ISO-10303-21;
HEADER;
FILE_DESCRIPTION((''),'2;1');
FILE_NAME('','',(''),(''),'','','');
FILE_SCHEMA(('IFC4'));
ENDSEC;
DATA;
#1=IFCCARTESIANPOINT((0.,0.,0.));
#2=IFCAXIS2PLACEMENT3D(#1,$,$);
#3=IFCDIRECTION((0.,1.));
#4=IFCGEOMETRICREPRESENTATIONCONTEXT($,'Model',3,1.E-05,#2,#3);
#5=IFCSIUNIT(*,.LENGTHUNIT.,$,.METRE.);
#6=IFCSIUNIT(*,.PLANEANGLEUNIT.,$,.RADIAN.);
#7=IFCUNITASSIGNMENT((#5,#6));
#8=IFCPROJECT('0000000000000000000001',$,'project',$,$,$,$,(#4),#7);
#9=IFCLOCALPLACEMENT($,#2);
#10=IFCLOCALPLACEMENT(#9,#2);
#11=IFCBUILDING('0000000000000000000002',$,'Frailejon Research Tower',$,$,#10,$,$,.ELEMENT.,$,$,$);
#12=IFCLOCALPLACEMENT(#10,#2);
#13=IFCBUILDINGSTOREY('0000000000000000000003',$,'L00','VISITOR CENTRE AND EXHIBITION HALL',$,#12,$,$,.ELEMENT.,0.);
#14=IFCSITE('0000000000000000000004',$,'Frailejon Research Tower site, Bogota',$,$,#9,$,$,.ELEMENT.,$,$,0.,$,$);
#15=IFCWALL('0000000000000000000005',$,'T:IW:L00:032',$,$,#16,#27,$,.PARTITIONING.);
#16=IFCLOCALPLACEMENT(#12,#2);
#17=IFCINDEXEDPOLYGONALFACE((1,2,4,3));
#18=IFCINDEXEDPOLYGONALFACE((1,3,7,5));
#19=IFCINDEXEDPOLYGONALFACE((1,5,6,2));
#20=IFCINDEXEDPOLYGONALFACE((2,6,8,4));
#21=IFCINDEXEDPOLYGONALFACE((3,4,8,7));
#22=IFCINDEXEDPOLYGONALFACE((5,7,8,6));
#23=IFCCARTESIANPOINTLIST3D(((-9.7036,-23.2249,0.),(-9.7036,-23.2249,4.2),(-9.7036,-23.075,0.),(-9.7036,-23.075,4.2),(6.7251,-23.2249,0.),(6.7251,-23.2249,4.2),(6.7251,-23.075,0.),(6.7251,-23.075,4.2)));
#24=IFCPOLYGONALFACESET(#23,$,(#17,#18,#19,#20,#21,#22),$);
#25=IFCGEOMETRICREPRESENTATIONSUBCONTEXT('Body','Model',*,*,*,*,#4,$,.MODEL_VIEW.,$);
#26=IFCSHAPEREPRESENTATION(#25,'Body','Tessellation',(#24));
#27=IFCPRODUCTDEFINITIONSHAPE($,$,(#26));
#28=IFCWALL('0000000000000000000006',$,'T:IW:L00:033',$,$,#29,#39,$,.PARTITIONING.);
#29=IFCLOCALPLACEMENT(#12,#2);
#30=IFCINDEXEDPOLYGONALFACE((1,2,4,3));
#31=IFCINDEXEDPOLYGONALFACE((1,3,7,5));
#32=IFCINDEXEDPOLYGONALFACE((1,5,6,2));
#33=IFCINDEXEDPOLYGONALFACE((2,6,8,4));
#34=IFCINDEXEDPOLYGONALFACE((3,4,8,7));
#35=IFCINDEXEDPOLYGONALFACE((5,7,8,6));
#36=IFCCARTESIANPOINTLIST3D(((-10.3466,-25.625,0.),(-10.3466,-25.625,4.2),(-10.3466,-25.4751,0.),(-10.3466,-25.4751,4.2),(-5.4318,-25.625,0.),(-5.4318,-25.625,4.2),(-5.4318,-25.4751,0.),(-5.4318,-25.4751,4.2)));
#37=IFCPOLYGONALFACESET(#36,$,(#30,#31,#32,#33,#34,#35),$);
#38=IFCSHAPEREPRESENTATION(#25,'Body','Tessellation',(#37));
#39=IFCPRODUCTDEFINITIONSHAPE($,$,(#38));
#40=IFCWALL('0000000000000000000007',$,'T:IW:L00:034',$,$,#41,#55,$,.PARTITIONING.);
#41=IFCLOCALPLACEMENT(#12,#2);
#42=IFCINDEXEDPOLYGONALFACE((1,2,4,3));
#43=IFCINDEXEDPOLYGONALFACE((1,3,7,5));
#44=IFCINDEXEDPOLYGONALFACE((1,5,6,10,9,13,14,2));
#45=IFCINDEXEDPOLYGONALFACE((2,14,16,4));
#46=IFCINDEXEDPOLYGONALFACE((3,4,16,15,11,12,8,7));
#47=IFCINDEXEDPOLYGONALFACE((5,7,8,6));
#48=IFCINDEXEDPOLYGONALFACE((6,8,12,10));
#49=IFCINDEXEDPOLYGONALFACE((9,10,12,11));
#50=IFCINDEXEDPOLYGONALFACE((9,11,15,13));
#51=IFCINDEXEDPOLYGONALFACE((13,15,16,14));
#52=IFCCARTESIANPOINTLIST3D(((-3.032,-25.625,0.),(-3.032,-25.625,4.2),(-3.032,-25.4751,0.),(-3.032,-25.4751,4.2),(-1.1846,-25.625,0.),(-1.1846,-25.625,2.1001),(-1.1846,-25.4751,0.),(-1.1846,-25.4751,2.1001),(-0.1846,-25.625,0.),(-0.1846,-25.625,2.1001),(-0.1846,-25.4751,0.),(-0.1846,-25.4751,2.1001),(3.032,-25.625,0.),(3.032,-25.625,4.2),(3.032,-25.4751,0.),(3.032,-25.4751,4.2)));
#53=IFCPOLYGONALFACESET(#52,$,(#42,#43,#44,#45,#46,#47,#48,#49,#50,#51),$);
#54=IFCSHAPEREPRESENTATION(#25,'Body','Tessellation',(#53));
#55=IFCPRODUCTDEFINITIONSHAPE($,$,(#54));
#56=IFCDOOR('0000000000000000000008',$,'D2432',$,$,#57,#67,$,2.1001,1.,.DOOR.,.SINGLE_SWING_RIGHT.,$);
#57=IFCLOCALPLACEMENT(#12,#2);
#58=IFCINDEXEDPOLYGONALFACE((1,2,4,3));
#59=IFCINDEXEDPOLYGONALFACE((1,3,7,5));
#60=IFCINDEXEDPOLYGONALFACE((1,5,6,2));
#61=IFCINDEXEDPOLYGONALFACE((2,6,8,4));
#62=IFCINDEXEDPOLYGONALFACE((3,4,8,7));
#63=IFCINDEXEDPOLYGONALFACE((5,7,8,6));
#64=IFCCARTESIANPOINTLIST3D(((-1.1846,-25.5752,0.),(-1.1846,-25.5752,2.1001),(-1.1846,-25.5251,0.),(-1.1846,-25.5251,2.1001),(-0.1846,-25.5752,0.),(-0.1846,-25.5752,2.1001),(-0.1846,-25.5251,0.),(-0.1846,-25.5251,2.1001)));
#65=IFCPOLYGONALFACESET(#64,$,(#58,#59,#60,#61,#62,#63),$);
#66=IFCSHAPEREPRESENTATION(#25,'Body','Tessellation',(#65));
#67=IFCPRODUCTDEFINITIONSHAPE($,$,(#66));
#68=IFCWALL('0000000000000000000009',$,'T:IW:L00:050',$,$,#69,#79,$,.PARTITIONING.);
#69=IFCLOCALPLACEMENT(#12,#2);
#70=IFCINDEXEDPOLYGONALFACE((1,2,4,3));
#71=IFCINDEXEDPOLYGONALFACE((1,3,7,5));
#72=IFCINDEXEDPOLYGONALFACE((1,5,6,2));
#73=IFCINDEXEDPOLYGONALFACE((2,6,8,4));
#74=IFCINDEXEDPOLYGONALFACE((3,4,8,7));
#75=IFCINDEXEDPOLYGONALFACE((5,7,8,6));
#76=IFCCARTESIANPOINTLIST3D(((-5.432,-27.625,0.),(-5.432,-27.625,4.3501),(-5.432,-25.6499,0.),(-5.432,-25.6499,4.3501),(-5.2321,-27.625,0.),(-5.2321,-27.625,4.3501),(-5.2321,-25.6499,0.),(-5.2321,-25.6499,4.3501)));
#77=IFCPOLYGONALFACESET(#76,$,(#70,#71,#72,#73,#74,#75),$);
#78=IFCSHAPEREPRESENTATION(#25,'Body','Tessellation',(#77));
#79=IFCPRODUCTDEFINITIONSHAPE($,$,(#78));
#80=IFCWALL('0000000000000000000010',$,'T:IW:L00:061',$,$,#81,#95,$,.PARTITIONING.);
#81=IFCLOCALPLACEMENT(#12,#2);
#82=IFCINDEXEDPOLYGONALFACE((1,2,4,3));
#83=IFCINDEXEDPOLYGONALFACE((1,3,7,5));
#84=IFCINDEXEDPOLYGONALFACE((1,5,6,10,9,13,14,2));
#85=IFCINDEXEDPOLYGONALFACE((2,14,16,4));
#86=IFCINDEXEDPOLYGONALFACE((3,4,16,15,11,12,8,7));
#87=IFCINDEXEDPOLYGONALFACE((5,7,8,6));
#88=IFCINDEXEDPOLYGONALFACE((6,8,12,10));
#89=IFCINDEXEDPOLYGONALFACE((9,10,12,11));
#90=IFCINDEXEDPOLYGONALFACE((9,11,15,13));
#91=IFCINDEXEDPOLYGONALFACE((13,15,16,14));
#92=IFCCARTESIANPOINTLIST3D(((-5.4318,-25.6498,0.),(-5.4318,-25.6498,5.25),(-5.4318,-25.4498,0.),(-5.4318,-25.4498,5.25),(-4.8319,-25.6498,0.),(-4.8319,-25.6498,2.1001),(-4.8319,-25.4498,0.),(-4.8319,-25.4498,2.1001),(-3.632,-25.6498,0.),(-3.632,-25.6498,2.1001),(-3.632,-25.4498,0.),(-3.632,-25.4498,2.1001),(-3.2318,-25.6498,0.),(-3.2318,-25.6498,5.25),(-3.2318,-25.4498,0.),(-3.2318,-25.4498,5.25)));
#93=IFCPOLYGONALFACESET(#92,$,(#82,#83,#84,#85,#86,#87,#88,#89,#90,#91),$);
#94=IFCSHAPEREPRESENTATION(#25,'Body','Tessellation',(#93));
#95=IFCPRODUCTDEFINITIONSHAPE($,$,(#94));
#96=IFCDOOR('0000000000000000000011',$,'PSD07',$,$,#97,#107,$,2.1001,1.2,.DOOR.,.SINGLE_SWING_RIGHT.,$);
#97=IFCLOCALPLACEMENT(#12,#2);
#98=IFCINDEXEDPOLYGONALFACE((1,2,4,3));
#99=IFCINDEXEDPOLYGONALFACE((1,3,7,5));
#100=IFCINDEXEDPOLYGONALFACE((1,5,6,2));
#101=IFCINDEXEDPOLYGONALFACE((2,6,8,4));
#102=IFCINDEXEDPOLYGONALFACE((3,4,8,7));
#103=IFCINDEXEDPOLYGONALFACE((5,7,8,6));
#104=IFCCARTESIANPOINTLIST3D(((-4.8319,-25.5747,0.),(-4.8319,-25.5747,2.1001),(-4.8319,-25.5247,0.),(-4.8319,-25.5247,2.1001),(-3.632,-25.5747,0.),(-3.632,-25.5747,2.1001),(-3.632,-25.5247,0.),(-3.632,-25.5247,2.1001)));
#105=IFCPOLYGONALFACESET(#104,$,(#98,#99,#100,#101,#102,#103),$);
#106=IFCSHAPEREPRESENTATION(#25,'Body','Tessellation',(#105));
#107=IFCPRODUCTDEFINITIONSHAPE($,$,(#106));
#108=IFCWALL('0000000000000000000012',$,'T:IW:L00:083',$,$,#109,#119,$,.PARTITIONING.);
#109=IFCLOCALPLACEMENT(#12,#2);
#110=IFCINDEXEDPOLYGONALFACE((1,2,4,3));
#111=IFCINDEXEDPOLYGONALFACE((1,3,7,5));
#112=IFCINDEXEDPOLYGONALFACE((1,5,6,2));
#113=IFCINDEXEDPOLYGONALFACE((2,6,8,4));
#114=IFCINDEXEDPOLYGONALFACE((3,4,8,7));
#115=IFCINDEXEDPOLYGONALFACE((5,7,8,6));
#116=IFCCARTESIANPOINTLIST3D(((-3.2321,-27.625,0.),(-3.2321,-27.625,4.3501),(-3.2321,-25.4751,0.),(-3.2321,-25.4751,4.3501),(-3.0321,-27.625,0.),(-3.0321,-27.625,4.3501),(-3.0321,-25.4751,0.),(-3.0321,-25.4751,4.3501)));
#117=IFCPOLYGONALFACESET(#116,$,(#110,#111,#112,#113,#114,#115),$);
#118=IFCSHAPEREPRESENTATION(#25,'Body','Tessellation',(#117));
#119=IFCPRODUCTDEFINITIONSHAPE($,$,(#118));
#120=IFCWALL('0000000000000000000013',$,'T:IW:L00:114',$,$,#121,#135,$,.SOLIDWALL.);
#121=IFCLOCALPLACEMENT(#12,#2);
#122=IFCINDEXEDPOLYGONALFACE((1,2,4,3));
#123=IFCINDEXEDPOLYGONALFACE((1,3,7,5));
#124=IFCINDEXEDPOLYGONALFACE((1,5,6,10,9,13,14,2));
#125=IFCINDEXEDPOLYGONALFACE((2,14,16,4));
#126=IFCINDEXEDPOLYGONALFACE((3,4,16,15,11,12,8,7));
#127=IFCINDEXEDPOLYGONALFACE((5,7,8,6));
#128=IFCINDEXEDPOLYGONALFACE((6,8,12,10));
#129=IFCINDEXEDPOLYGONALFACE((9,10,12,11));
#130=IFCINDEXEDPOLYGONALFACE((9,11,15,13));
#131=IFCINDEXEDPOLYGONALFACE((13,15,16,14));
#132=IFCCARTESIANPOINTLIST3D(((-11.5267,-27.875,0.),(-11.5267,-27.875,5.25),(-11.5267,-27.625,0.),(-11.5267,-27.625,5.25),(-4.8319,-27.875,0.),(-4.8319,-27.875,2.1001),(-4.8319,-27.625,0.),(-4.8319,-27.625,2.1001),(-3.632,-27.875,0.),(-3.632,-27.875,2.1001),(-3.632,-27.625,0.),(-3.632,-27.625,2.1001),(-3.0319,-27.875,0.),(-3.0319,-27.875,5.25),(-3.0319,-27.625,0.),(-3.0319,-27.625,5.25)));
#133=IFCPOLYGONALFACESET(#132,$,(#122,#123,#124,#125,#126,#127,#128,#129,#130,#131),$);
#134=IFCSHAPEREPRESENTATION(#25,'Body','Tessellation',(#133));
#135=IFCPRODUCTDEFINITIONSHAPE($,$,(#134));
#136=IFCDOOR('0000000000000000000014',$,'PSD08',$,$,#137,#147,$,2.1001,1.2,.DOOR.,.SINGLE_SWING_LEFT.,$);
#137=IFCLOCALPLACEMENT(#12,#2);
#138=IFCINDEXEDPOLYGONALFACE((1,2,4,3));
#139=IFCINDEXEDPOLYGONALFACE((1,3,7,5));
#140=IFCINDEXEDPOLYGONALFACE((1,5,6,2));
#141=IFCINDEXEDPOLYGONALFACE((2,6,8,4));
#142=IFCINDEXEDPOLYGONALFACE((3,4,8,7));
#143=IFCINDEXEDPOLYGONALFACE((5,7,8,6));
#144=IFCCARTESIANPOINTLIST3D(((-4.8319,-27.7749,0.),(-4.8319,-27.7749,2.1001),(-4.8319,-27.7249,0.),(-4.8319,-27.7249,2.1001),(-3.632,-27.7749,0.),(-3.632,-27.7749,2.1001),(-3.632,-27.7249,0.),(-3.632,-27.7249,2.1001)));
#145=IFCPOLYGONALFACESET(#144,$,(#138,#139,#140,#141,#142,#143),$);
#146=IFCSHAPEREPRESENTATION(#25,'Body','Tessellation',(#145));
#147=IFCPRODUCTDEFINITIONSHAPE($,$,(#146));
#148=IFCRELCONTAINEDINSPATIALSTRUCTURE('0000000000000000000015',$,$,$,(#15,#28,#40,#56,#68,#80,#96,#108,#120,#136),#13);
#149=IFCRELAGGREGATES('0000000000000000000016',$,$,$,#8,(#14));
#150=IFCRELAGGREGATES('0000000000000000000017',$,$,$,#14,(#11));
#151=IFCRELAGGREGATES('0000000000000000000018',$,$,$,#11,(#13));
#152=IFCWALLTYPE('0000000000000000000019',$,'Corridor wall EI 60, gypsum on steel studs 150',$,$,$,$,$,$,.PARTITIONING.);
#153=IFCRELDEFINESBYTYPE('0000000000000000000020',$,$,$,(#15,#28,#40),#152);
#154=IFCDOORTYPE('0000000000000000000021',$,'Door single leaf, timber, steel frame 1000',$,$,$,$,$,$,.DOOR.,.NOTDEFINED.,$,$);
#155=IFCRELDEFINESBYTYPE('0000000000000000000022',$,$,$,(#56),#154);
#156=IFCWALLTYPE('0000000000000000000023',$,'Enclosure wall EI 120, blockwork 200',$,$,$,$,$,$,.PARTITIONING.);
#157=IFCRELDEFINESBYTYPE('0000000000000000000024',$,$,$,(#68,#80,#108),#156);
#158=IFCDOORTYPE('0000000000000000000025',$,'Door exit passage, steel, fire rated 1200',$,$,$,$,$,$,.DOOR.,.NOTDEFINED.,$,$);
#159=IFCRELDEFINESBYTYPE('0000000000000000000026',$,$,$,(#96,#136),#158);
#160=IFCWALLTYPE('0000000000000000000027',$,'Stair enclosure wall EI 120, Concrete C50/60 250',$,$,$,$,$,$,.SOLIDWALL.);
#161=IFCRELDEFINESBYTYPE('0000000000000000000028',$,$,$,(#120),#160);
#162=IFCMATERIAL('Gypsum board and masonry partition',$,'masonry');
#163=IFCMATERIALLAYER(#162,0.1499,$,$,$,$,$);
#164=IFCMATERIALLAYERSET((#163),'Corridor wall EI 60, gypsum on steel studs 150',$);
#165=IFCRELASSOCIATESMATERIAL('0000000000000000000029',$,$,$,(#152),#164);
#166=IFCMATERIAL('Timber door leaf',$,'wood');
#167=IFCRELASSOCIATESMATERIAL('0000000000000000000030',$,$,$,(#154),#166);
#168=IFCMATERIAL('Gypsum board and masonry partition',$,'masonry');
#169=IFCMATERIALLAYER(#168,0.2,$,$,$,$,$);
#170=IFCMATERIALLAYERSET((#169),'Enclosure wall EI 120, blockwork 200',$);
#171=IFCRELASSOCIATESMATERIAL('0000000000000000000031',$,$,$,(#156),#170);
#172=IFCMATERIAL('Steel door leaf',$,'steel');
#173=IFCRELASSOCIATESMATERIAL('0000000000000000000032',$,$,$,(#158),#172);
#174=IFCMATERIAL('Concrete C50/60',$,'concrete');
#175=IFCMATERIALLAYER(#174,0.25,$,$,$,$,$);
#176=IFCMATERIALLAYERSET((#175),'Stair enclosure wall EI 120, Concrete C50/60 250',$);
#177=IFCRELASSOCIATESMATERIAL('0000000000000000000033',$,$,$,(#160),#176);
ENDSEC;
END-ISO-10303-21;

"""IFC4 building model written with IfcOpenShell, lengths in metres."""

from ifc_helpers import new_model, si_unit, direction, frame, frame_2d, origin, place, context, subcontext, project, spatial, rectangle, extrude, material, layer, layer_set, type_object, element, fill, save


model = new_model("IFC4")

# Units and contexts
model_context = context("Model", 3, precision=1e-05, world=origin(), true_north=direction((0.0, 1.0)))
body_context = subcontext(model_context, "Body", "Model", "MODEL_VIEW")
ifc_project = project(units=[si_unit("LENGTHUNIT", "METRE"), si_unit("PLANEANGLEUNIT", "RADIAN")], contexts=[model_context])

# Site, building, storey
site_placement = place(None, origin())
site = spatial("IfcSite", under=ifc_project, at=site_placement, Name="Frailejon Research Tower site, Bogota", CompositionType="ELEMENT", RefElevation=0.0)
building_placement = place(site_placement, origin())
building = spatial("IfcBuilding", under=site, at=building_placement, Name="Frailejon Research Tower", CompositionType="ELEMENT")
storey_placement = place(building_placement, origin())
storey = spatial("IfcBuildingStorey", under=building, at=storey_placement, Name="L00", Description="VISITOR CENTRE AND EXHIBITION HALL", CompositionType="ELEMENT", Elevation=0.0)

# Walls
ifc_material_1 = material(Name="Gypsum board and masonry partition", Category="masonry")
ifc_layer_1 = layer(ifc_material_1, 0.1499)
ifc_layer_set_1 = layer_set([ifc_layer_1], Name="Corridor wall EI 60, gypsum on steel studs 150")
wall_type_1 = type_object("IfcWallType", Name="Corridor wall EI 60, gypsum on steel studs 150", PredefinedType="PARTITIONING", material=ifc_layer_set_1)
wall_1_placement = place(storey_placement, frame((-9.7036, -23.1499, 0.0), z_axis=(0.0, 0.0, 1.0), x_axis=(1.0, 0.0, 0.0)))
element("IfcWall", 1, at=wall_1_placement, inside=storey, type_object=wall_type_1, Name="T:IW:L00:032", PredefinedType="PARTITIONING", context=body_context, shape_type="SweptSolid", body=[
    extrude(rectangle(XDim=16.4287, YDim=0.1499, at=frame_2d((8.2144, 0.0))), origin(), (0.0, 0.0, 1.0), 4.2),
])
wall_2_placement = place(storey_placement, frame((-10.3467, -25.55, 0.0), z_axis=(0.0, 0.0, 1.0), x_axis=(1.0, 0.0, 0.0)))
element("IfcWall", 2, at=wall_2_placement, inside=storey, type_object=wall_type_1, Name="T:IW:L00:033", PredefinedType="PARTITIONING", context=body_context, shape_type="SweptSolid", body=[
    extrude(rectangle(XDim=4.9148, YDim=0.1499, at=frame_2d((2.4575, 0.0))), origin(), (0.0, 0.0, 1.0), 4.2),
])

# Wall, opening, door
wall_3_placement = place(storey_placement, frame((-3.032, -25.55, 0.0), z_axis=(0.0, 0.0, 1.0), x_axis=(1.0, 0.0, 0.0)))
wall_3 = element("IfcWall", 3, at=wall_3_placement, inside=storey, type_object=wall_type_1, Name="T:IW:L00:034", PredefinedType="PARTITIONING", context=body_context, shape_type="SweptSolid", body=[
    extrude(rectangle(XDim=6.064, YDim=0.1499, at=frame_2d((3.032, 0.0))), origin(), (0.0, 0.0, 1.0), 4.2),
])
opening_1_placement = place(wall_3_placement, frame((1.8474, 0.0, 0.0)))
opening_1 = element("IfcOpeningElement", 4, at=opening_1_placement, cuts=wall_3, PredefinedType="OPENING", context=body_context, shape_type="SweptSolid", body=[
    extrude(rectangle(XDim=1.0, YDim=2.1001, at=frame_2d((0.5, 1.05))), frame((0.0, 0.085, 0.0), z_axis=(0.0, -1.0, 0.0), x_axis=(1.0, 0.0, 0.0)), (0.0, 0.0, 1.0), 0.1699),
])
ifc_material_2 = material(Name="Timber door leaf", Category="wood")
door_type_1 = type_object("IfcDoorType", Name="Door single leaf, timber, steel frame 1000", OperationType="NOTDEFINED", PredefinedType="DOOR", material=ifc_material_2)
door_1_placement = place(opening_1_placement, origin())
door_1 = element("IfcDoor", 5, at=door_1_placement, inside=storey, type_object=door_type_1, Name="D2432", OperationType="SINGLE_SWING_RIGHT", OverallHeight=2.1001, OverallWidth=1.0, PredefinedType="DOOR", context=body_context, shape_type="SweptSolid", body=[
    extrude(rectangle(XDim=1.0, YDim=2.1001, at=frame_2d((0.5, 1.05))), frame((0.0, 0.0249, 0.0), z_axis=(0.0, -1.0, 0.0), x_axis=(1.0, 0.0, 0.0)), (0.0, 0.0, 1.0), 0.05),
])
fill(opening_1, door_1)

# Wall
ifc_material_3 = material(Name="Gypsum board and masonry partition", Category="masonry")
ifc_layer_2 = layer(ifc_material_3, 0.2)
ifc_layer_set_2 = layer_set([ifc_layer_2], Name="Enclosure wall EI 120, blockwork 200")
wall_type_2 = type_object("IfcWallType", Name="Enclosure wall EI 120, blockwork 200", PredefinedType="PARTITIONING", material=ifc_layer_set_2)
wall_4_placement = place(storey_placement, frame((-5.332, -27.625, 0.0), z_axis=(0.0, 0.0, 1.0), x_axis=(0.0, 1.0, 0.0)))
element("IfcWall", 6, at=wall_4_placement, inside=storey, type_object=wall_type_2, Name="T:IW:L00:050", PredefinedType="PARTITIONING", context=body_context, shape_type="SweptSolid", body=[
    extrude(rectangle(XDim=1.9751, YDim=0.2, at=frame_2d((0.9875, 0.0))), origin(), (0.0, 0.0, 1.0), 4.3501),
])

# Wall, opening, door
wall_5_placement = place(storey_placement, frame((-5.4319, -25.5498, 0.0), z_axis=(0.0, 0.0, 1.0), x_axis=(1.0, 0.0, 0.0)))
wall_5 = element("IfcWall", 7, at=wall_5_placement, inside=storey, type_object=wall_type_2, Name="T:IW:L00:061", PredefinedType="PARTITIONING", context=body_context, shape_type="SweptSolid", body=[
    extrude(rectangle(XDim=2.2, YDim=0.2, at=frame_2d((1.1001, 0.0))), origin(), (0.0, 0.0, 1.0), 5.25),
])
opening_2_placement = place(wall_5_placement, frame((1.8, 0.0, 0.0), z_axis=(0.0, 0.0, 1.0), x_axis=(-1.0, 0.0, 0.0)))
opening_2 = element("IfcOpeningElement", 8, at=opening_2_placement, cuts=wall_5, PredefinedType="OPENING", context=body_context, shape_type="SweptSolid", body=[
    extrude(rectangle(XDim=1.2, YDim=2.1001, at=frame_2d((0.6001, 1.05))), frame((0.0, 0.1099, 0.0), z_axis=(0.0, -1.0, 0.0), x_axis=(1.0, 0.0, 0.0)), (0.0, 0.0, 1.0), 0.22),
])
ifc_material_4 = material(Name="Steel door leaf", Category="steel")
door_type_2 = type_object("IfcDoorType", Name="Door exit passage, steel, fire rated 1200", OperationType="NOTDEFINED", PredefinedType="DOOR", material=ifc_material_4)
door_2_placement = place(opening_2_placement, origin())
door_2 = element("IfcDoor", 9, at=door_2_placement, inside=storey, type_object=door_type_2, Name="PSD07", OperationType="SINGLE_SWING_RIGHT", OverallHeight=2.1001, OverallWidth=1.2, PredefinedType="DOOR", context=body_context, shape_type="SweptSolid", body=[
    extrude(rectangle(XDim=1.2, YDim=2.1001, at=frame_2d((0.6001, 1.05))), frame((0.0, 0.0249, 0.0), z_axis=(0.0, -1.0, 0.0), x_axis=(1.0, 0.0, 0.0)), (0.0, 0.0, 1.0), 0.05),
])
fill(opening_2, door_2)

# Wall
wall_6_placement = place(storey_placement, frame((-3.1321, -27.625, 0.0), z_axis=(0.0, 0.0, 1.0), x_axis=(0.0, 1.0, 0.0)))
element("IfcWall", 10, at=wall_6_placement, inside=storey, type_object=wall_type_2, Name="T:IW:L00:083", PredefinedType="PARTITIONING", context=body_context, shape_type="SweptSolid", body=[
    extrude(rectangle(XDim=2.1499, YDim=0.2, at=frame_2d((1.075, 0.0))), origin(), (0.0, 0.0, 1.0), 4.3501),
])

# Wall, opening, door
ifc_material_5 = material(Name="Concrete C50/60", Category="concrete")
ifc_layer_3 = layer(ifc_material_5, 0.25)
ifc_layer_set_3 = layer_set([ifc_layer_3], Name="Stair enclosure wall EI 120, Concrete C50/60 250")
wall_type_3 = type_object("IfcWallType", Name="Stair enclosure wall EI 120, Concrete C50/60 250", PredefinedType="SOLIDWALL", material=ifc_layer_set_3)
wall_7_placement = place(storey_placement, frame((-11.5269, -27.75, 0.0), z_axis=(0.0, 0.0, 1.0), x_axis=(1.0, 0.0, 0.0)))
wall_7 = element("IfcWall", 11, at=wall_7_placement, inside=storey, type_object=wall_type_3, Name="T:IW:L00:114", PredefinedType="SOLIDWALL", context=body_context, shape_type="SweptSolid", body=[
    extrude(rectangle(XDim=8.4949, YDim=0.25, at=frame_2d((4.2476, 0.0))), origin(), (0.0, 0.0, 1.0), 5.25),
])
opening_3_placement = place(wall_7_placement, frame((7.895, 0.0, 0.0), z_axis=(0.0, 0.0, 1.0), x_axis=(-1.0, 0.0, 0.0)))
opening_3 = element("IfcOpeningElement", 12, at=opening_3_placement, cuts=wall_7, PredefinedType="OPENING", context=body_context, shape_type="SweptSolid", body=[
    extrude(rectangle(XDim=1.2, YDim=2.1001, at=frame_2d((0.6001, 1.05))), frame((0.0, 0.135, 0.0), z_axis=(0.0, -1.0, 0.0), x_axis=(1.0, 0.0, 0.0)), (0.0, 0.0, 1.0), 0.27),
])
door_3_placement = place(opening_3_placement, origin())
door_3 = element("IfcDoor", 13, at=door_3_placement, inside=storey, type_object=door_type_2, Name="PSD08", OperationType="SINGLE_SWING_LEFT", OverallHeight=2.1001, OverallWidth=1.2, PredefinedType="DOOR", context=body_context, shape_type="SweptSolid", body=[
    extrude(rectangle(XDim=1.2, YDim=2.1001, at=frame_2d((0.6001, 1.05))), frame((0.0, 0.0249, 0.0), z_axis=(0.0, -1.0, 0.0), x_axis=(1.0, 0.0, 0.0)), (0.0, 0.0, 1.0), 0.05),
])
fill(opening_3, door_3)

save(model, "model.ifc")
